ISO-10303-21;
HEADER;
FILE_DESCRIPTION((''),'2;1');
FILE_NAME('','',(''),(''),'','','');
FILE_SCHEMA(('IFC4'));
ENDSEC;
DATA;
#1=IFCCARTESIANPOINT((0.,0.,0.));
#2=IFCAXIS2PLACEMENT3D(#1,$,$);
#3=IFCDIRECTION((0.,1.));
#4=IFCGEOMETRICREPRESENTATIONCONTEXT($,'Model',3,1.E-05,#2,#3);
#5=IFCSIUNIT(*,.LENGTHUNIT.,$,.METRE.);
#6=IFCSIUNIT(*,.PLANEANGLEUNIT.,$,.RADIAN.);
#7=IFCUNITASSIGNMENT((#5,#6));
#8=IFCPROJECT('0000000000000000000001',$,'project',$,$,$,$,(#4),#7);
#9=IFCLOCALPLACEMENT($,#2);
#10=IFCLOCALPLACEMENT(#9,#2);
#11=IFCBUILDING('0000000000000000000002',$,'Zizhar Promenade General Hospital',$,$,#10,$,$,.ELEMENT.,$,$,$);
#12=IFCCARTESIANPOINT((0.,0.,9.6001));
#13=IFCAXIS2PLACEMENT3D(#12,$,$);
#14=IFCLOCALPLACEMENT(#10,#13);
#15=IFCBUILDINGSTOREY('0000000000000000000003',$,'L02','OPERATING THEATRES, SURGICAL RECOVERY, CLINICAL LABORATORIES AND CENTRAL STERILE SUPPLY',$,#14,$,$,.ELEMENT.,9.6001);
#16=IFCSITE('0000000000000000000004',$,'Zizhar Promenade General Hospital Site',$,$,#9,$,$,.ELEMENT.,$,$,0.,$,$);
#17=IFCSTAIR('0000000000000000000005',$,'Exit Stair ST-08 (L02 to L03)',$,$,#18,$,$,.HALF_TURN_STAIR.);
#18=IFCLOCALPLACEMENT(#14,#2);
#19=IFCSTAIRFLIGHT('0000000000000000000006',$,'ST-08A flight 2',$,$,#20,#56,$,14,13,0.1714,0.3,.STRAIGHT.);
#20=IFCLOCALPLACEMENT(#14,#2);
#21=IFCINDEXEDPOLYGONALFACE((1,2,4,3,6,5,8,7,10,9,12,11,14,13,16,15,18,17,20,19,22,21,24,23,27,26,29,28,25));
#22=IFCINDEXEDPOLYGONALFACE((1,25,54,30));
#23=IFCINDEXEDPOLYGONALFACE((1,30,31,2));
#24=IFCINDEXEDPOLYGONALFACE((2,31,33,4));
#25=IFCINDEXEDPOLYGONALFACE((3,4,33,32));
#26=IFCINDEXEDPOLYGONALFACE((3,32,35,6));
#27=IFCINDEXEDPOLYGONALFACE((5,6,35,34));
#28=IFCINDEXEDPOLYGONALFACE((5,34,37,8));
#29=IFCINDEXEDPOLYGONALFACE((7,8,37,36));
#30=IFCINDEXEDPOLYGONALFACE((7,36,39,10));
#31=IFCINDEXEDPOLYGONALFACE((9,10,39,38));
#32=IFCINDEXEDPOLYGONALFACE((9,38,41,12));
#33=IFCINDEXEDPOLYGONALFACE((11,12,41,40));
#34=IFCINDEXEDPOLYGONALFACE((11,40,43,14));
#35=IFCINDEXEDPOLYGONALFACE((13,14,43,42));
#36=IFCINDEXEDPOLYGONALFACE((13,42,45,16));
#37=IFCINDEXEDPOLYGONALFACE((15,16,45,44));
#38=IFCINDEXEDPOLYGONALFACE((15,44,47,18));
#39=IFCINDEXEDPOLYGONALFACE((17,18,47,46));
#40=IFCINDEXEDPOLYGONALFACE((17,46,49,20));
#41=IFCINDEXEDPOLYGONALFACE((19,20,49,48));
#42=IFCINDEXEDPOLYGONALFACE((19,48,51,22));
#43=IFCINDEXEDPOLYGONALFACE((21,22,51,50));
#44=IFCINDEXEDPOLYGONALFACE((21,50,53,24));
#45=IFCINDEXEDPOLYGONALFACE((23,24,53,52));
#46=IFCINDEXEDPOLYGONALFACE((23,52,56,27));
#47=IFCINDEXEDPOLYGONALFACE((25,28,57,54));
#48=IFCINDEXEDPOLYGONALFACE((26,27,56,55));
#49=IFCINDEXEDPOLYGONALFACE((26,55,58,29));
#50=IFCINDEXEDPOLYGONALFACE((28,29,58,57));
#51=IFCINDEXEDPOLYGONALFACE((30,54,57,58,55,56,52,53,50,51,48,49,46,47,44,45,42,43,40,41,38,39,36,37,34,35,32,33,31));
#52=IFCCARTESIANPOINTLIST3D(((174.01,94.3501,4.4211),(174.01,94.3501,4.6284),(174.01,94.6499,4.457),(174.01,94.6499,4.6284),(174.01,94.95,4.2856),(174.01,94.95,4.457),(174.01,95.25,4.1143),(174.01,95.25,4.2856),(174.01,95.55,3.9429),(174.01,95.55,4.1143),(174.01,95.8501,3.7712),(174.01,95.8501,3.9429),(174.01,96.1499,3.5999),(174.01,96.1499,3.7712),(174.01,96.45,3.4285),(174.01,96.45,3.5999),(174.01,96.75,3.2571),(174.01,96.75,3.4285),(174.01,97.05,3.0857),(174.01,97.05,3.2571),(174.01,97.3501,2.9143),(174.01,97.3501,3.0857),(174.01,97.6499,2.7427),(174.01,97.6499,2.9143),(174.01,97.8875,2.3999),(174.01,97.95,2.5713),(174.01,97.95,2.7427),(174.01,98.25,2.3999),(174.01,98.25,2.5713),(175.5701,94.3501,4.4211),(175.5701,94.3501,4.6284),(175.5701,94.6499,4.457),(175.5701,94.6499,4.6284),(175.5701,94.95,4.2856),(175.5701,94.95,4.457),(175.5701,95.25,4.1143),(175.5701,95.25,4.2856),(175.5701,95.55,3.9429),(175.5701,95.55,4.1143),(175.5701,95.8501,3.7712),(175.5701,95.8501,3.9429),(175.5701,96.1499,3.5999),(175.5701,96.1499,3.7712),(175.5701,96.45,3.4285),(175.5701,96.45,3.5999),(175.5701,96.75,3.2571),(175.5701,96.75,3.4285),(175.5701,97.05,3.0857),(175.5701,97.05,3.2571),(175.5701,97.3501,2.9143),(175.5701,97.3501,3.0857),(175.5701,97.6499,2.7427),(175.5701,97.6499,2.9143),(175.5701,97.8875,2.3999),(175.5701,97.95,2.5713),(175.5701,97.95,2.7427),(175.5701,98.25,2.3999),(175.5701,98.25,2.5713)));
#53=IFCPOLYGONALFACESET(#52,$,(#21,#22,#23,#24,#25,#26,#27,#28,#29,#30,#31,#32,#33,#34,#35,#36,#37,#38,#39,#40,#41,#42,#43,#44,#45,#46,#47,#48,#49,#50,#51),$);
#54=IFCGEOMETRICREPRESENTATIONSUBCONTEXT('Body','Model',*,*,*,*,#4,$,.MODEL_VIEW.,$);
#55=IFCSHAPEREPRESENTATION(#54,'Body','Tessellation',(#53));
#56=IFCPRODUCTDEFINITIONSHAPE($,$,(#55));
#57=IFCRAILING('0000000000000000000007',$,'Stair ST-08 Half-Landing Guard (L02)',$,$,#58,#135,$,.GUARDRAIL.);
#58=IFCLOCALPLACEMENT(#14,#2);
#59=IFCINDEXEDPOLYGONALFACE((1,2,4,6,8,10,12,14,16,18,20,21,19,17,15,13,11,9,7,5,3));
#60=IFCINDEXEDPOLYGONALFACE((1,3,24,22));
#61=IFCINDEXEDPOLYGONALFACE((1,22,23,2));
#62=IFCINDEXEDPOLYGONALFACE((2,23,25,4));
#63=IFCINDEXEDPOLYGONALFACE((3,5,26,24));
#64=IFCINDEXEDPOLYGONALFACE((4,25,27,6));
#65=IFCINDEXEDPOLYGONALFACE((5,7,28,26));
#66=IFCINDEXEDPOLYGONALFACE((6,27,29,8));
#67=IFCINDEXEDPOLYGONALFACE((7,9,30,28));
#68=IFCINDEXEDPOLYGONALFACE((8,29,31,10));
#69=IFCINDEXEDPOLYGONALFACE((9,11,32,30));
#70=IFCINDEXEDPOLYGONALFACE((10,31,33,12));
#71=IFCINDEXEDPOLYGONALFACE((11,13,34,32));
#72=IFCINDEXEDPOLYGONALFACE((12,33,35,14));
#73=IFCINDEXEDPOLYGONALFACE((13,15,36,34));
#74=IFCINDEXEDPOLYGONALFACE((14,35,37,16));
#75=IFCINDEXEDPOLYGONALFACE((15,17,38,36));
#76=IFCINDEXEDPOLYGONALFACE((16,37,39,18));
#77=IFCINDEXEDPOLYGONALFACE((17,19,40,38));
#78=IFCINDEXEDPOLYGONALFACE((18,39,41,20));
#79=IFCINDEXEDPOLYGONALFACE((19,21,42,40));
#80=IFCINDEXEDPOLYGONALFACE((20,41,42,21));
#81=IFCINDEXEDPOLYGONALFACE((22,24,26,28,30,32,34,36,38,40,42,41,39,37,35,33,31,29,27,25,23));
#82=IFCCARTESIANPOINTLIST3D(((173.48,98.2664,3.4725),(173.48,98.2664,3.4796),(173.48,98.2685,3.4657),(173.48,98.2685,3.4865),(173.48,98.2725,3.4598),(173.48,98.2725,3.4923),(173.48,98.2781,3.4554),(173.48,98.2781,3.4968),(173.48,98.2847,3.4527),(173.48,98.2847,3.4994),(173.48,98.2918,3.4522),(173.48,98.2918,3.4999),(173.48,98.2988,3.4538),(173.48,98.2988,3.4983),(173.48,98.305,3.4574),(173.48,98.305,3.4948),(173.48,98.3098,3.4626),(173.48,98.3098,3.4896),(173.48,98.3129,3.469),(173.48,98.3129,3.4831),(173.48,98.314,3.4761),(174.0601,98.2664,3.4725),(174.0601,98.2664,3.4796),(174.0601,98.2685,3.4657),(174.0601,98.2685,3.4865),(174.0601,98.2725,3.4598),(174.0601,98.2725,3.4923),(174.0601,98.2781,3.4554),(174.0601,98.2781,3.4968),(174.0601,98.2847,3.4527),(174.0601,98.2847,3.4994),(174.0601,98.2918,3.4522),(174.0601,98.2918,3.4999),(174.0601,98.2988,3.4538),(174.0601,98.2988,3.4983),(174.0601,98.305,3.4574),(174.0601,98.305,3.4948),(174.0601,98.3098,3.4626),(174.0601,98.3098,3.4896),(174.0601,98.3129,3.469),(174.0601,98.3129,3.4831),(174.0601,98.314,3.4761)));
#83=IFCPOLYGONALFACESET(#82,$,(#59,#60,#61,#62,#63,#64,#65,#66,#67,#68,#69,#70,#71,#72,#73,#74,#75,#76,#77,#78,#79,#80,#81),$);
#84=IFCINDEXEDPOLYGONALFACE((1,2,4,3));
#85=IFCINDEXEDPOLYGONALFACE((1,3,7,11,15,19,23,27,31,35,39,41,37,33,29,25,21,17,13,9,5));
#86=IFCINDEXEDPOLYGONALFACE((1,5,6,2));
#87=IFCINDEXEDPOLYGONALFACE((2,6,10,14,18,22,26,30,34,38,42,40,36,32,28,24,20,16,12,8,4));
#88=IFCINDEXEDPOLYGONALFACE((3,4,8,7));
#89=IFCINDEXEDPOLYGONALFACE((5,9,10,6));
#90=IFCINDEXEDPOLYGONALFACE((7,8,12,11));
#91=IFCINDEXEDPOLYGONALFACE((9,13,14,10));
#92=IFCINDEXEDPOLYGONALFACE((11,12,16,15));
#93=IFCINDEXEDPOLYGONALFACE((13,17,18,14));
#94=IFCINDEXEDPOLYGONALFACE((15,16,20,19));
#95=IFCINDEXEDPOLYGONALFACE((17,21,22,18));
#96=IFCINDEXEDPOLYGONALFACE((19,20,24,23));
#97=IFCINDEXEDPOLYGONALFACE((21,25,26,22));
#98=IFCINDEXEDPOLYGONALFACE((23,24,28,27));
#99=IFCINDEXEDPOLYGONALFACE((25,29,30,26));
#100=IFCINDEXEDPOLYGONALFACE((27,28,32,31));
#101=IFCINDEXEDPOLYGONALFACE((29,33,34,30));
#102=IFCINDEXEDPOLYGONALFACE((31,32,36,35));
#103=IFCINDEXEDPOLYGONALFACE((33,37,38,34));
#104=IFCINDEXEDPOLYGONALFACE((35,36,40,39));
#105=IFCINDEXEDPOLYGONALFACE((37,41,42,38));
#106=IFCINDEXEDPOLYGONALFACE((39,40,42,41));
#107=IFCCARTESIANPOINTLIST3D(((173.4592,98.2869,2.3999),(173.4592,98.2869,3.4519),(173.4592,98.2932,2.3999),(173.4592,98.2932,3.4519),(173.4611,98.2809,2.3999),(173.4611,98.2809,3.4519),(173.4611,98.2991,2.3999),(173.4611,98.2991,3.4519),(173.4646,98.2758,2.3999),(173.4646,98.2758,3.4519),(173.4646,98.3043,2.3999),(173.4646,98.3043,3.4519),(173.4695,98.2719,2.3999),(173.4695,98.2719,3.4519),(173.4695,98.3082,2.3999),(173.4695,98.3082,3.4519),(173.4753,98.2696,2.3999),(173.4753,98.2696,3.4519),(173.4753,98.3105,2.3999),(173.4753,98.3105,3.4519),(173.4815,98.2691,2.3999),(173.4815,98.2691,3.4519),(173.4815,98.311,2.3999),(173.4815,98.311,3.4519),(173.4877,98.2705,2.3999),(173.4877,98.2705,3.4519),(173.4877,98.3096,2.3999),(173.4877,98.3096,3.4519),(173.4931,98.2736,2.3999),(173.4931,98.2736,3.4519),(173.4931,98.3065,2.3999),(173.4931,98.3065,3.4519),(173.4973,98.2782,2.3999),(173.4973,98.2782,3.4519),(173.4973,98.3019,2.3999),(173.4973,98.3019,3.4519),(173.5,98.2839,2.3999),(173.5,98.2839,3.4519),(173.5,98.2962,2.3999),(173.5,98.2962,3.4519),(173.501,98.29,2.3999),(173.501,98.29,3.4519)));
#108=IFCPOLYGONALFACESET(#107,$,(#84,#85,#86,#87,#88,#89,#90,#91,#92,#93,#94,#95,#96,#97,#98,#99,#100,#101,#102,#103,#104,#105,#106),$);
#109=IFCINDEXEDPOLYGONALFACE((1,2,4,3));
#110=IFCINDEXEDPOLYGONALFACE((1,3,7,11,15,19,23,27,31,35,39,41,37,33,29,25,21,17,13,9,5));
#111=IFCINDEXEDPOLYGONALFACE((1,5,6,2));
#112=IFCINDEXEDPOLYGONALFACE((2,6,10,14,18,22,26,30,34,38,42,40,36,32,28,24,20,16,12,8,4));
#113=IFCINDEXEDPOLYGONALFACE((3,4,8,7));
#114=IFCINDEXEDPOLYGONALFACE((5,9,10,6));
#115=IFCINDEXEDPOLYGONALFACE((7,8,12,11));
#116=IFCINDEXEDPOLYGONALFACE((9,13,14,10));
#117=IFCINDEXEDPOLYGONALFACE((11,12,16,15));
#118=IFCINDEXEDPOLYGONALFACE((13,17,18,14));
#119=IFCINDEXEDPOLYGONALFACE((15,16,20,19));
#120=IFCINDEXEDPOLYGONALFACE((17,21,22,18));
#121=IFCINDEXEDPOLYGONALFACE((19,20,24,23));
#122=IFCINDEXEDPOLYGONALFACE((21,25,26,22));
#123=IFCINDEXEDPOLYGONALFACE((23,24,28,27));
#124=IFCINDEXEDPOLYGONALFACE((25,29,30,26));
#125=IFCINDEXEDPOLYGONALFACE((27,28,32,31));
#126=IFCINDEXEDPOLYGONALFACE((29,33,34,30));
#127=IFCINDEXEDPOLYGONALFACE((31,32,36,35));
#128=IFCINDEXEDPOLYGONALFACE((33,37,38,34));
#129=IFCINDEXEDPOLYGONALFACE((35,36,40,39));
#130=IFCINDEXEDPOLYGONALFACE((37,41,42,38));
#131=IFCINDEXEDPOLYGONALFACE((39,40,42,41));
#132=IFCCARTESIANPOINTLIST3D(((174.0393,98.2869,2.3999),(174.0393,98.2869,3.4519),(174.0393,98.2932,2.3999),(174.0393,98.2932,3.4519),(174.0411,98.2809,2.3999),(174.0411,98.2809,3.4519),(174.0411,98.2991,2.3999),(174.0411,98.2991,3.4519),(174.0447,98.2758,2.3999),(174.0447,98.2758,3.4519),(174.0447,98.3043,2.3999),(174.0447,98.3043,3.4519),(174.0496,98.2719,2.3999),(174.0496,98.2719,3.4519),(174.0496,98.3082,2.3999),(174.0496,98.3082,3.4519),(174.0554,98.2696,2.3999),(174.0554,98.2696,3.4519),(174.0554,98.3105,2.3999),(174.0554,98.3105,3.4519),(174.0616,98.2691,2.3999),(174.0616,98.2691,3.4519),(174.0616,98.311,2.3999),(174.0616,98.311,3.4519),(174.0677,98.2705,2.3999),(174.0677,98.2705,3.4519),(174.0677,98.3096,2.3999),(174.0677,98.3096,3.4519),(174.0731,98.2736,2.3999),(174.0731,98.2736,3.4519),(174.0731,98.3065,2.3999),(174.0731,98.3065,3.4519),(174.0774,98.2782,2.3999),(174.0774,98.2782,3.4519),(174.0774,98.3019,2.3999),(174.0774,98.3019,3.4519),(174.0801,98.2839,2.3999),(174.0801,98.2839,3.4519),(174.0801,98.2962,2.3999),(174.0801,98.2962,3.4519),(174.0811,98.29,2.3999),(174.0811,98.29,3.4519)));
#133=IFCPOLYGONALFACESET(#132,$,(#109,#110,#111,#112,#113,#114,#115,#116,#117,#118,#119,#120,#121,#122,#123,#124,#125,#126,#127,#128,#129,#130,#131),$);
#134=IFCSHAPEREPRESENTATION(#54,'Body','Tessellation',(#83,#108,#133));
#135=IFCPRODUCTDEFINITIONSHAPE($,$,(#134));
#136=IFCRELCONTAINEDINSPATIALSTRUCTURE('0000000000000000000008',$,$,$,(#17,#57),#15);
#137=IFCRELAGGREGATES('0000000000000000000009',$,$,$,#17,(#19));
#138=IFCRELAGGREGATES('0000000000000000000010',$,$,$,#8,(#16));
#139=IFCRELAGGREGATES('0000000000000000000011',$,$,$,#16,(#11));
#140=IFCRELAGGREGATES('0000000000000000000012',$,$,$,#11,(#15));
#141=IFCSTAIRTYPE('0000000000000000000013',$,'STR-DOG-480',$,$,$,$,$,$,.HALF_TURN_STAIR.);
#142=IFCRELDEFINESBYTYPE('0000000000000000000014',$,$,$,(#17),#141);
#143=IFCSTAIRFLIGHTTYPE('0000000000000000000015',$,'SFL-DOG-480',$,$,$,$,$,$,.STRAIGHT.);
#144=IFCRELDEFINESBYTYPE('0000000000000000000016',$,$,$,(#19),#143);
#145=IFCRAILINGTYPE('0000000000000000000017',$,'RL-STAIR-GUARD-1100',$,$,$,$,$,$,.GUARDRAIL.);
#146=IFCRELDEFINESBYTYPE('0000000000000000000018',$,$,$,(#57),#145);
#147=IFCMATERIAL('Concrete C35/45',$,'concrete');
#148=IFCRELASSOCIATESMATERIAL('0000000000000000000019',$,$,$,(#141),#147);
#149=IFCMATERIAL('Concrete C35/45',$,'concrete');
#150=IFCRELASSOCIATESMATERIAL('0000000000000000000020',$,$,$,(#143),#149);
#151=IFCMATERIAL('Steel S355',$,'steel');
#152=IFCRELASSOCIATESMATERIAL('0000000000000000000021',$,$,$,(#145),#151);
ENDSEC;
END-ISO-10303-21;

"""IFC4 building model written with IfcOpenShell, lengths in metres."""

from ifc_helpers import new_model, si_unit, direction, frame, origin, origin_2d, place, context, subcontext, project, spatial, polyline, circle, hollow_circle, outline, extrude, material, material_profile, profile_set, type_object, element, aggregate, save


model = new_model("IFC4")

# Units and contexts
model_context = context("Model", 3, precision=1e-05, world=origin(), true_north=direction((0.0, 1.0)))
body_context = subcontext(model_context, "Body", "Model", "MODEL_VIEW")
ifc_project = project(units=[si_unit("LENGTHUNIT", "METRE"), si_unit("PLANEANGLEUNIT", "RADIAN")], contexts=[model_context])

# Site, building, storey
site_placement = place(None, origin())
site = spatial("IfcSite", under=ifc_project, at=site_placement, Name="Zizhar Promenade General Hospital Site", CompositionType="ELEMENT", RefElevation=0.0)
building_placement = place(site_placement, origin())
building = spatial("IfcBuilding", under=site, at=building_placement, Name="Zizhar Promenade General Hospital", CompositionType="ELEMENT")
storey_placement = place(building_placement, frame((0.0, 0.0, 9.6001)))
storey = spatial("IfcBuildingStorey", under=building, at=storey_placement, Name="L02", Description="OPERATING THEATRES, SURGICAL RECOVERY, CLINICAL LABORATORIES AND CENTRAL STERILE SUPPLY", CompositionType="ELEMENT", Elevation=9.6001)

# Stair, stair flight
ifc_material_1 = material(Name="Concrete C35/45", Category="concrete")
stair_type = type_object("IfcStairType", Name="STR-DOG-480", PredefinedType="HALF_TURN_STAIR", material=ifc_material_1)
stair_placement = place(storey_placement, origin())
stair = element("IfcStair", 1, at=stair_placement, inside=storey, type_object=stair_type, Name="Exit Stair ST-08 (L02 to L03)", PredefinedType="HALF_TURN_STAIR")
ifc_material_2 = material(Name="Concrete C35/45", Category="concrete")
stair_flight_type = type_object("IfcStairFlightType", Name="SFL-DOG-480", PredefinedType="STRAIGHT", material=ifc_material_2)
stair_flight_placement = place(storey_placement, frame((174.79, 98.25, 2.3999), z_axis=(0.0, 0.0, 1.0), x_axis=(0.0, -1.0, 0.0)))
stair_flight = element("IfcStairFlight", 2, at=stair_flight_placement, type_object=stair_flight_type, Name="ST-08A flight 2", NumberOfRisers=14, NumberOfTreads=13, PredefinedType="STRAIGHT", RiserHeight=0.1714, TreadLength=0.3, context=body_context, shape_type="SweptSolid", body=[
    extrude(outline(polyline([(0.0, 0.0), (0.0, 0.1714), (0.3, 0.1714), (0.3, 0.3428), (0.6001, 0.3428), (0.6001, 0.5144), (0.8999, 0.5144), (0.8999, 0.6858), (1.2, 0.6858), (1.2, 0.8572), (1.5, 0.8572), (1.5, 1.0286), (1.8, 1.0286), (1.8, 1.2), (2.1001, 1.2), (2.1001, 1.3713), (2.3999, 1.3713), (2.3999, 1.543), (2.7, 1.543), (2.7, 1.7144), (3.0, 1.7144), (3.0, 1.8857), (3.3, 1.8857), (3.3, 2.0571), (3.6001, 2.0571), (3.6001, 2.2285), (3.8999, 2.2285), (3.8999, 2.3999), (3.8999, 2.0212), (0.3625, 0.0), (0.0, 0.0)])), frame((0.0, 0.78, 0.0), z_axis=(0.0, -1.0, 0.0), x_axis=(1.0, 0.0, 0.0)), (0.0, 0.0, 1.0), 1.5601),
])
aggregate(stair, [stair_flight])

# Railing
ifc_material_3 = material(Name="Steel S355", Category="steel")
ifc_material_profile_1 = material_profile(ifc_material_3, hollow_circle(Radius=0.0698, WallThickness=0.0063, at=origin_2d()))
ifc_profile_set_1 = profile_set([ifc_material_profile_1], Name="Steel S355")
railing_type = type_object("IfcRailingType", Name="RL-STAIR-GUARD-1100", PredefinedType="GUARDRAIL", material=ifc_profile_set_1)
railing_placement = place(storey_placement, frame((173.48, 98.29, 2.3999)))
element("IfcRailing", 3, at=railing_placement, inside=storey, type_object=railing_type, Name="Stair ST-08 Half-Landing Guard (L02)", PredefinedType="GUARDRAIL", context=body_context, shape_type="SweptSolid", body=[
    extrude(circle(Radius=0.0239, at=origin_2d()), frame((0.0, 0.0, 1.0762), z_axis=(1.0, 0.0, 0.0), x_axis=(0.0, 1.0, 0.0)), (0.0, 0.0, 1.0), 0.5801),
    extrude(circle(Radius=0.021, at=origin_2d()), origin(), (0.0, 0.0, 1.0), 1.052),
    extrude(circle(Radius=0.021, at=origin_2d()), frame((0.5801, 0.0, 0.0)), (0.0, 0.0, 1.0), 1.052),
])

save(model, "model.ifc")
